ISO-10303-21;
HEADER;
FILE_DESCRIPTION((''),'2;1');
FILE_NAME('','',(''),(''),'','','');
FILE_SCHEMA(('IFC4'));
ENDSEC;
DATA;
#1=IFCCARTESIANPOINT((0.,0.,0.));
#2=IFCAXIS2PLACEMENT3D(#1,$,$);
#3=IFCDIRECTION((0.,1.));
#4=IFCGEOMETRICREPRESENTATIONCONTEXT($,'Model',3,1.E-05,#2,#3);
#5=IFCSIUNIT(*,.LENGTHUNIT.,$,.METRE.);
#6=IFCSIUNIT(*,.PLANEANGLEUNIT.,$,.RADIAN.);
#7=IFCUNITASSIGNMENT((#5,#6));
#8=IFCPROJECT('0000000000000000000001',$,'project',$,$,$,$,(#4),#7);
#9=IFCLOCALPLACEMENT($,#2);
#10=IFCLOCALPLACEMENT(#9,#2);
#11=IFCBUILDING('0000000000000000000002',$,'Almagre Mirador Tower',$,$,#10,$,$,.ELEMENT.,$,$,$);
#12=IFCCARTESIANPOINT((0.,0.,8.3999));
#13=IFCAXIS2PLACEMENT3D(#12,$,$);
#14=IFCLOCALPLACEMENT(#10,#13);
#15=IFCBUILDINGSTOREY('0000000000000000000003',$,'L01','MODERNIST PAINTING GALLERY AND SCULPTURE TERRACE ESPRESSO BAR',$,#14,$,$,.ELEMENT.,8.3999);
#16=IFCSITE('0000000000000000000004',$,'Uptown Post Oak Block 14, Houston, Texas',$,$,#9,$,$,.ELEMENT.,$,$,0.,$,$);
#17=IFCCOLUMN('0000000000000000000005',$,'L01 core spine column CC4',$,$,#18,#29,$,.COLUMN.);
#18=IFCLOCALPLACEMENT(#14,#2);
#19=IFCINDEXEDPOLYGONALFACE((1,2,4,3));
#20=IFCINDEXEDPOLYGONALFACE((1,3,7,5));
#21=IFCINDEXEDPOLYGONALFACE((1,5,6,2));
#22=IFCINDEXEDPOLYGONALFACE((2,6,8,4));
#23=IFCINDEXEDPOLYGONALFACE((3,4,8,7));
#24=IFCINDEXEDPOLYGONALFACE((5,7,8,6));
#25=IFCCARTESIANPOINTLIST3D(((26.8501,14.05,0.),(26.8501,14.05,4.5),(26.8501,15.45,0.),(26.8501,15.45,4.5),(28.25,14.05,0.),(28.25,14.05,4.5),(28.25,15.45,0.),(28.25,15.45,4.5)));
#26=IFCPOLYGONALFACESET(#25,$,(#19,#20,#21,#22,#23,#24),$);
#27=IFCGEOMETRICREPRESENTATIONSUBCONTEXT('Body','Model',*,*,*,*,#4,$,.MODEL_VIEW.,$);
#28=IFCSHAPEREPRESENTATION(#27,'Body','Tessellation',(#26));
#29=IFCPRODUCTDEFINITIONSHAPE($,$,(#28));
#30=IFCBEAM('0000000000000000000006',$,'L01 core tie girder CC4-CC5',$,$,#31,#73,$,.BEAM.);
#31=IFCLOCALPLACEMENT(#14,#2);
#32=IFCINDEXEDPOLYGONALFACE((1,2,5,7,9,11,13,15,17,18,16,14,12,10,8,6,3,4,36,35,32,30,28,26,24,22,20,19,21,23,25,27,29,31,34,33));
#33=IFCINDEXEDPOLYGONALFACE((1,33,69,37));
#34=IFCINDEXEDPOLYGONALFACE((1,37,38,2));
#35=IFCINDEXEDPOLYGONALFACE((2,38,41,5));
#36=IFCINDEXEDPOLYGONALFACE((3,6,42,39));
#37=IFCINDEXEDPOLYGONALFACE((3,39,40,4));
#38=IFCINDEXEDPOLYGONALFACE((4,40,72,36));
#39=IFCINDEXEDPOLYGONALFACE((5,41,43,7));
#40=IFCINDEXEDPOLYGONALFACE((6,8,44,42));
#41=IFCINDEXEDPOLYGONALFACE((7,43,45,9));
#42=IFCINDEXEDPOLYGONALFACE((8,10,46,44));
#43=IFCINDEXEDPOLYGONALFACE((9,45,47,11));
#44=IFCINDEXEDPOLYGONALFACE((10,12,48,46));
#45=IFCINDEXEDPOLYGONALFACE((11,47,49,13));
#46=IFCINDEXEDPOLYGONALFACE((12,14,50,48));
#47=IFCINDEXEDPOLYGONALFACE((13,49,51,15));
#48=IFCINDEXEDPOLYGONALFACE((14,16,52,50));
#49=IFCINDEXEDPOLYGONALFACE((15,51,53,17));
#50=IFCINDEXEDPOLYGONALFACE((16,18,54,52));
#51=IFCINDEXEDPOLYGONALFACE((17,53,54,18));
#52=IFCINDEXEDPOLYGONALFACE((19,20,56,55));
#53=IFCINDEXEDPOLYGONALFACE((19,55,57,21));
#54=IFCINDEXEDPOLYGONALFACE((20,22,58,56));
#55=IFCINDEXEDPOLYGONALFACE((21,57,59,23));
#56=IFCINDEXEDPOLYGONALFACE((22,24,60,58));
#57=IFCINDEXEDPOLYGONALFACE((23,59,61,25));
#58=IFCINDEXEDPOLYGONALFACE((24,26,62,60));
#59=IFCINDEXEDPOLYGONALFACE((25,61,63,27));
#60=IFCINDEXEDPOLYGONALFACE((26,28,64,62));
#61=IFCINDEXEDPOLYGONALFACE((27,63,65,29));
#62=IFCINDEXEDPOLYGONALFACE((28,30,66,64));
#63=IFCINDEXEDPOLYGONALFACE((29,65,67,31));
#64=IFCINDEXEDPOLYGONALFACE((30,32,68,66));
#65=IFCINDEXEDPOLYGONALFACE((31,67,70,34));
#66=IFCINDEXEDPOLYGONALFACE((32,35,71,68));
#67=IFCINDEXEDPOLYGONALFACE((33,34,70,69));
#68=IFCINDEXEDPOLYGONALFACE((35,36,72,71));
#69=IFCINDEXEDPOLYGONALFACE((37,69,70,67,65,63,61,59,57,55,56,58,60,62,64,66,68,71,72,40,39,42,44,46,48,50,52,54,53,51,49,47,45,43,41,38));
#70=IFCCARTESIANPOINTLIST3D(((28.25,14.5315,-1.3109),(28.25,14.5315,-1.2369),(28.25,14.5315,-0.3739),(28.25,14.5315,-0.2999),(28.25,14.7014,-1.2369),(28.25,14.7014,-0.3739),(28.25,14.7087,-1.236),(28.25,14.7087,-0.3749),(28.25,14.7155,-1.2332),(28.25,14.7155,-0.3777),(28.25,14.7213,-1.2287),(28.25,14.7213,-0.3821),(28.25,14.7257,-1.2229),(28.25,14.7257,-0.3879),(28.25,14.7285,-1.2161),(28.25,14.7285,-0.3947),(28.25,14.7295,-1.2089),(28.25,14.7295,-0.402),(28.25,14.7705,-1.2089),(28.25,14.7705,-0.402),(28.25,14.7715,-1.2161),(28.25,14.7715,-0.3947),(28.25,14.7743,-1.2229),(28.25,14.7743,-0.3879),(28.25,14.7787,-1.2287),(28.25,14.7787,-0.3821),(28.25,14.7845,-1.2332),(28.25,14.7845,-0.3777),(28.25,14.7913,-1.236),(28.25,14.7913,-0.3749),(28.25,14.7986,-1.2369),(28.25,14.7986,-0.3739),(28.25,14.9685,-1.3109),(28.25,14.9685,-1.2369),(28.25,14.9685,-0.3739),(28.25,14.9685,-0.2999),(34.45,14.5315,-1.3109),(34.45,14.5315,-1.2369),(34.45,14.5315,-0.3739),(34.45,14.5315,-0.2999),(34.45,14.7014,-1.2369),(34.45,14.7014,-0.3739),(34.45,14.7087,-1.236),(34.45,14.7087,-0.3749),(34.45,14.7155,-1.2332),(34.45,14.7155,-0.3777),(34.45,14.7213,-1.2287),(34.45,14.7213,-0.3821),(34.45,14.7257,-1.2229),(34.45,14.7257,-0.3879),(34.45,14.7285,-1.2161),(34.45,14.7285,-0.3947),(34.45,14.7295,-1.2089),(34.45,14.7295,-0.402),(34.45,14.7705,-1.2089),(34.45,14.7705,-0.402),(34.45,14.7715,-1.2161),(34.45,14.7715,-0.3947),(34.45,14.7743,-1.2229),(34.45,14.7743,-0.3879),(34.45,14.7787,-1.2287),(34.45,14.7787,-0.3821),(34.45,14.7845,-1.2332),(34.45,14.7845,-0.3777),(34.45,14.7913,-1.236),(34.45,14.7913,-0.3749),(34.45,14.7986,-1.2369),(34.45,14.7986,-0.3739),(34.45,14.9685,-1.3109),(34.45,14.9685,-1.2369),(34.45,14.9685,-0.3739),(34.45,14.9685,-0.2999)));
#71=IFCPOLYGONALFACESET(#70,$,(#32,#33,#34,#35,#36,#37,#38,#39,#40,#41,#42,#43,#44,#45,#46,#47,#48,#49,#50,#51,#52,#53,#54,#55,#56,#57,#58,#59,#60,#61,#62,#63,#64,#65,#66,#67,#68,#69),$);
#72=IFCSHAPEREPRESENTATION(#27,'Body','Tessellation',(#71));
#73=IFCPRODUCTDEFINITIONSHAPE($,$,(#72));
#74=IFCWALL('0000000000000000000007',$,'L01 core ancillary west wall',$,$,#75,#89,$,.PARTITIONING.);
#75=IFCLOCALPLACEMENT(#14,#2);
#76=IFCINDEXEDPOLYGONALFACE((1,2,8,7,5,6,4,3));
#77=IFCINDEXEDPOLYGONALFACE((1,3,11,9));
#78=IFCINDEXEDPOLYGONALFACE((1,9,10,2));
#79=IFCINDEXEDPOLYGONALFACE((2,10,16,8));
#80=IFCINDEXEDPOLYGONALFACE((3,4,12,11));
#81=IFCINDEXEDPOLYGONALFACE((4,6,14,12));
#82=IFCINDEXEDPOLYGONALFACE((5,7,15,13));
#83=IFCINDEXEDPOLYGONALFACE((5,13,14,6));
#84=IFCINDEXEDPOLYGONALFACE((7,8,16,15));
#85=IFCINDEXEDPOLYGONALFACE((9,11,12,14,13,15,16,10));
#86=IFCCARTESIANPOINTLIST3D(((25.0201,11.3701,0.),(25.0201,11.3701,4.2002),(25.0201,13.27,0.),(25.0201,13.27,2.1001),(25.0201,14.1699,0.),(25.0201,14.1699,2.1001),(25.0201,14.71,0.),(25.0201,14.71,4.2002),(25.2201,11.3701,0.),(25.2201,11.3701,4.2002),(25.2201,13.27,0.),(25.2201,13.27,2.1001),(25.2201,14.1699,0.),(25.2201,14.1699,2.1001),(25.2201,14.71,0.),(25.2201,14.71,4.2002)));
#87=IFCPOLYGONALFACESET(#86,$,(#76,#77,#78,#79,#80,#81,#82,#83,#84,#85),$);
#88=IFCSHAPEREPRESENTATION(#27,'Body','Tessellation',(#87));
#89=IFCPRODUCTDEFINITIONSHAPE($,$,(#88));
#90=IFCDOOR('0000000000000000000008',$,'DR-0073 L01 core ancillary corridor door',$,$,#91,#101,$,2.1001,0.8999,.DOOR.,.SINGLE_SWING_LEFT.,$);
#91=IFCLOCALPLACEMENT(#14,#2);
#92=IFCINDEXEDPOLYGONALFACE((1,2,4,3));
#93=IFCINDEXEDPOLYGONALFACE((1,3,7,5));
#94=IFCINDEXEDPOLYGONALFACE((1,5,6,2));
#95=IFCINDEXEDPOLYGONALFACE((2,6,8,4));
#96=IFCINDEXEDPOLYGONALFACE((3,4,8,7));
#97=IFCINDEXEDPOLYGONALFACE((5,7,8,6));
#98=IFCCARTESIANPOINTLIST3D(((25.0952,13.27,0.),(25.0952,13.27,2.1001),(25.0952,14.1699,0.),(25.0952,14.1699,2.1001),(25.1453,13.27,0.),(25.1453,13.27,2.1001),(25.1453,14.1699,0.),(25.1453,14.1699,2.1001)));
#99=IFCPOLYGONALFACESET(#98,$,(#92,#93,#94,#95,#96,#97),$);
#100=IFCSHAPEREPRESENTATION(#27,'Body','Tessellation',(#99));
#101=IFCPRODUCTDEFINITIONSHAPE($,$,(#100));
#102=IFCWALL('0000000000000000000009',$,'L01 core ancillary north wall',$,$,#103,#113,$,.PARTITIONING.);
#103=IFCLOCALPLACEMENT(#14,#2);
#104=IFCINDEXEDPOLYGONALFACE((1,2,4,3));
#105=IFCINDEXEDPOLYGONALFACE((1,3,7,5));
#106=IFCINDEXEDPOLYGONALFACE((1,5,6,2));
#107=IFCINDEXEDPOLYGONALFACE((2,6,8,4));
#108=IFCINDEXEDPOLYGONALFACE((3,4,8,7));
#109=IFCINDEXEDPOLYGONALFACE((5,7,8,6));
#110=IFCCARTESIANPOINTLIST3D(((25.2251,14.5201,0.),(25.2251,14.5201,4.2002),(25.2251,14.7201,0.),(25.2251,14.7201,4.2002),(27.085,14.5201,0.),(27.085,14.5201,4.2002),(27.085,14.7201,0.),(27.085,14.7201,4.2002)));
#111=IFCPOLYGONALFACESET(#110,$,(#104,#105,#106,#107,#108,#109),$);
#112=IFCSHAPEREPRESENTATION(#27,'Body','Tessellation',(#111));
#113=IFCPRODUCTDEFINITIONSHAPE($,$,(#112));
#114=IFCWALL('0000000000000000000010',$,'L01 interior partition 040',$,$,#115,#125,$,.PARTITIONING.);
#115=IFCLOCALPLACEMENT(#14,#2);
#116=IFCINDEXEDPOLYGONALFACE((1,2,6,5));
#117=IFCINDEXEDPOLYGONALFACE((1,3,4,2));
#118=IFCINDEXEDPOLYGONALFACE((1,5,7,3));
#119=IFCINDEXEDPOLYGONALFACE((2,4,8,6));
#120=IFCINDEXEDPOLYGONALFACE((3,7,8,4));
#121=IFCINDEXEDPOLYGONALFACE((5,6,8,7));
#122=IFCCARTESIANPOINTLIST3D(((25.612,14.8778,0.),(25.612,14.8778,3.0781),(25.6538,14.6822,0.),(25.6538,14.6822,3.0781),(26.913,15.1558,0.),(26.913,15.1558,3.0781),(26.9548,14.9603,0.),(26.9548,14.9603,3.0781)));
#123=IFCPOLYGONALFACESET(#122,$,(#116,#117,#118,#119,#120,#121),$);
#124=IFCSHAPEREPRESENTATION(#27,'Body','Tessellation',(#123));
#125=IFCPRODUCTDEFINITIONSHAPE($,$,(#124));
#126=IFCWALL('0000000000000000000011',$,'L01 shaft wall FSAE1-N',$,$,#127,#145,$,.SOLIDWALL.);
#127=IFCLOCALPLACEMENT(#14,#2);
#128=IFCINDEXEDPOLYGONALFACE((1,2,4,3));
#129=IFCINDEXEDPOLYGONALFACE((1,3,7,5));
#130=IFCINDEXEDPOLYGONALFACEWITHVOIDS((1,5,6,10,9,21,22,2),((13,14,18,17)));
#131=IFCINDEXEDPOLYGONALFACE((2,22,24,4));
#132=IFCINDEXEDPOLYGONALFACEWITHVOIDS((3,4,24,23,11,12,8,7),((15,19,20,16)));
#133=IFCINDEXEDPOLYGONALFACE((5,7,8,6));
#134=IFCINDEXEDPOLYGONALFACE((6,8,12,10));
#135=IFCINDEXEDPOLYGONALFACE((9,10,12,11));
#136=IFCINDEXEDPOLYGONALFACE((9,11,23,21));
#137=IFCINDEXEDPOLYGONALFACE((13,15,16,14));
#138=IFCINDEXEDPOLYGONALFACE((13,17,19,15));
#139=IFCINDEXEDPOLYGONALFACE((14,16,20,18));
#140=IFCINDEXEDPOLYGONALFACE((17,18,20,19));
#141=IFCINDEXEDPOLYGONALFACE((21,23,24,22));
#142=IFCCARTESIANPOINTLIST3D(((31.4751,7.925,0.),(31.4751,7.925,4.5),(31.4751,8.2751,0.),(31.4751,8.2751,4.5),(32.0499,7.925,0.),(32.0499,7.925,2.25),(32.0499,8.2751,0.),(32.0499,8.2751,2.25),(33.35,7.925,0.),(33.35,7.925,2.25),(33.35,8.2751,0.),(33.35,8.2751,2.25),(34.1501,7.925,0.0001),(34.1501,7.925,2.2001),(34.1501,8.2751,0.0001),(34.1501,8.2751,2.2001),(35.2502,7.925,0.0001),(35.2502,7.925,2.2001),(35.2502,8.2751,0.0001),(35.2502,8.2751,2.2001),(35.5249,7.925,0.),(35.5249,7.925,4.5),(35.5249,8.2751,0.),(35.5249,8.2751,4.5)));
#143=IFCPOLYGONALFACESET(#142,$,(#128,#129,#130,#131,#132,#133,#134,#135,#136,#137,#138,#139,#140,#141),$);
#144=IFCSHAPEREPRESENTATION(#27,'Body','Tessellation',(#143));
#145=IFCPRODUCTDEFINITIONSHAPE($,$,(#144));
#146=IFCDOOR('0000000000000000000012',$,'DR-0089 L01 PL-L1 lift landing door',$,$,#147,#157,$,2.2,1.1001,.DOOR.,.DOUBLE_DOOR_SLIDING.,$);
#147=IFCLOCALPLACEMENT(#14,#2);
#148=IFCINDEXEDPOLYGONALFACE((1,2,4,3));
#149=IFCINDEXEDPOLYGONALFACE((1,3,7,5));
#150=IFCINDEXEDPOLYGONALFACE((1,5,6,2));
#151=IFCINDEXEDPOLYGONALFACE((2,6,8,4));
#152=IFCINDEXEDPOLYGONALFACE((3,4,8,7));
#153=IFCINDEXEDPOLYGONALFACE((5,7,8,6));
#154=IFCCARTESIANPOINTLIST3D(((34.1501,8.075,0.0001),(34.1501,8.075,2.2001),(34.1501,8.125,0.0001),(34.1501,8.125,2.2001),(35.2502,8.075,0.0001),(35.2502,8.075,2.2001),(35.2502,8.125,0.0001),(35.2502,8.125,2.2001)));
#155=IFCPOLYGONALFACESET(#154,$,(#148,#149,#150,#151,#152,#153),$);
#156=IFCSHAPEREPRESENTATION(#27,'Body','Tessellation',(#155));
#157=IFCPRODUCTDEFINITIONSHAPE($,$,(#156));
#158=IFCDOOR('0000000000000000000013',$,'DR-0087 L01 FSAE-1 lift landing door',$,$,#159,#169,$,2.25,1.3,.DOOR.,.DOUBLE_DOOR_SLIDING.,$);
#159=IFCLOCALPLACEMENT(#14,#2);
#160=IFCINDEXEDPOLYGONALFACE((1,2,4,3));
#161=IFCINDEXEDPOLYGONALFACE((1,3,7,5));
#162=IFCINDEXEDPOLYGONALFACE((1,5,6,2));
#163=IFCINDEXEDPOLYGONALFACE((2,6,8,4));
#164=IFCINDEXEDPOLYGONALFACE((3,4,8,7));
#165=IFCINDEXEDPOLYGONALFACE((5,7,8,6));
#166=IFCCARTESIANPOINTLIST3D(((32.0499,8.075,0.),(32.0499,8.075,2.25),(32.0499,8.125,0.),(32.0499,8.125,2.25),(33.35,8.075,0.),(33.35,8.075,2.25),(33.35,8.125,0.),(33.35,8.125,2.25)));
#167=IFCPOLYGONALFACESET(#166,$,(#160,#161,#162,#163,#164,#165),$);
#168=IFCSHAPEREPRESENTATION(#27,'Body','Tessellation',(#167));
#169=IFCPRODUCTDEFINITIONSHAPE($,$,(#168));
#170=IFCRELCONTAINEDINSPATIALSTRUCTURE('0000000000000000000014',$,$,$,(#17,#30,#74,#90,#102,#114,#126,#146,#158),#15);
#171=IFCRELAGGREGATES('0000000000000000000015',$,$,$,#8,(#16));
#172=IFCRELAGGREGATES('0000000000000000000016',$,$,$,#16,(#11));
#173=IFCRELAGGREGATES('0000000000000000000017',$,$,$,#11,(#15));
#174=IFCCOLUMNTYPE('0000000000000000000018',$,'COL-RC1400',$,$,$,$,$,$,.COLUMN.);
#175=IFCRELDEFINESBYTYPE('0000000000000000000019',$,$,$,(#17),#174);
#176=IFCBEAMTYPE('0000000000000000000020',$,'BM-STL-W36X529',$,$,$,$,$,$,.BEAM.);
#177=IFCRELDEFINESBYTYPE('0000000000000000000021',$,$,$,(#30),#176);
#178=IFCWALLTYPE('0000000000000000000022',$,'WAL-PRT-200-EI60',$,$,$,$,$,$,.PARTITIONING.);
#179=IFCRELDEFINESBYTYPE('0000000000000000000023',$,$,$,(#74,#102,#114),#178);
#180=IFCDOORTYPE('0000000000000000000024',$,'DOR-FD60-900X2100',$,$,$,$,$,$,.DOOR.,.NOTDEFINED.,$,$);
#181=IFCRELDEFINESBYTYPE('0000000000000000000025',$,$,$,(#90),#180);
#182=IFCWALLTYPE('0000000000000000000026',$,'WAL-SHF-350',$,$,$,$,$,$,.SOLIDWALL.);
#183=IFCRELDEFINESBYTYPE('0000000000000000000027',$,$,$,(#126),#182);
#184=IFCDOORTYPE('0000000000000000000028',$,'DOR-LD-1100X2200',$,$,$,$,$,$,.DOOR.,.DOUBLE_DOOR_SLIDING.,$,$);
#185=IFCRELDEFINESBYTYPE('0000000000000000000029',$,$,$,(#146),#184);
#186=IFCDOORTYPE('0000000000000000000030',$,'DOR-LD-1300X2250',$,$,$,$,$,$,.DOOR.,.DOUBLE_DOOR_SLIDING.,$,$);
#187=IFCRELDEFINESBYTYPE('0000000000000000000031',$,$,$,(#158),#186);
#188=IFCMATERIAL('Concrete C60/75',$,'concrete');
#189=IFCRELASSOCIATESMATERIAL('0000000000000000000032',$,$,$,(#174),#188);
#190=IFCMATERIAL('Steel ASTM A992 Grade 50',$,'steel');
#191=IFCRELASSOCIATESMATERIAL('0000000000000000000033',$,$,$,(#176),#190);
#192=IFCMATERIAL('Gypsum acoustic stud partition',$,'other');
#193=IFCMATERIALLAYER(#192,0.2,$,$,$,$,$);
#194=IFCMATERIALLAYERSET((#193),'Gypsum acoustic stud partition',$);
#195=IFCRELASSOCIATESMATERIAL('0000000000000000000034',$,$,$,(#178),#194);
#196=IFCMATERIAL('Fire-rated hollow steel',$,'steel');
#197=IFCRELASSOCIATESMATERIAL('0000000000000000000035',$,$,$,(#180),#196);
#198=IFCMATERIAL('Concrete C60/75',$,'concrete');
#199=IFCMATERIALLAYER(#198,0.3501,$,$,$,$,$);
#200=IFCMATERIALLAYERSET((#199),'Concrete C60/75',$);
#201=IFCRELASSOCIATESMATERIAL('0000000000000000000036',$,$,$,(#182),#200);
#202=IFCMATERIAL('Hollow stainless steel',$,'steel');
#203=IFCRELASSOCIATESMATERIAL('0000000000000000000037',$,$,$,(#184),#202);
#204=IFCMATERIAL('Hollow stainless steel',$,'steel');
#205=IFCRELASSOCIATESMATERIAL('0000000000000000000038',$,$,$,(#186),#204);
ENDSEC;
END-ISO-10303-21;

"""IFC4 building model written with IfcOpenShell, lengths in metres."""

from ifc_helpers import new_model, si_unit, direction, frame, frame_2d, origin, origin_2d, place, context, subcontext, project, spatial, rectangle, i_section, extrude, material, layer, layer_set, material_profile, profile_set, type_object, element, fill, save


model = new_model("IFC4")

# Units and contexts
model_context = context("Model", 3, precision=1e-05, world=origin(), true_north=direction((0.0, 1.0)))
body_context = subcontext(model_context, "Body", "Model", "MODEL_VIEW")
ifc_project = project(units=[si_unit("LENGTHUNIT", "METRE"), si_unit("PLANEANGLEUNIT", "RADIAN")], contexts=[model_context])

# Site, building, storey
site_placement = place(None, origin())
site = spatial("IfcSite", under=ifc_project, at=site_placement, Name="Uptown Post Oak Block 14, Houston, Texas", CompositionType="ELEMENT", RefElevation=0.0)
building_placement = place(site_placement, origin())
building = spatial("IfcBuilding", under=site, at=building_placement, Name="Almagre Mirador Tower", CompositionType="ELEMENT")
storey_placement = place(building_placement, frame((0.0, 0.0, 8.3999)))
storey = spatial("IfcBuildingStorey", under=building, at=storey_placement, Name="L01", Description="MODERNIST PAINTING GALLERY AND SCULPTURE TERRACE ESPRESSO BAR", CompositionType="ELEMENT", Elevation=8.3999)

# Column
ifc_material_1 = material(Name="Concrete C60/75", Category="concrete")
ifc_material_profile_1 = material_profile(ifc_material_1, rectangle(XDim=1.3999, YDim=1.3999, at=origin_2d()), Name="RC1400X1400")
ifc_profile_set_1 = profile_set([ifc_material_profile_1], Name="Concrete C60/75")
column_type = type_object("IfcColumnType", Name="COL-RC1400", PredefinedType="COLUMN", material=ifc_profile_set_1)
column_placement = place(storey_placement, frame((27.55, 14.75, 0.0), z_axis=(0.0, 0.0, 1.0), x_axis=(1.0, 0.0, 0.0)))
element("IfcColumn", 1, at=column_placement, inside=storey, type_object=column_type, Name="L01 core spine column CC4", PredefinedType="COLUMN", context=body_context, shape_type="SweptSolid", body=[
    extrude(rectangle(XDim=1.3999, YDim=1.3999, at=origin_2d()), origin(), (0.0, 0.0, 1.0), 4.5),
])

# Beam
ifc_material_2 = material(Name="Steel ASTM A992 Grade 50", Category="steel")
ifc_material_profile_2 = material_profile(ifc_material_2, i_section(OverallWidth=0.437, OverallDepth=1.011, WebThickness=0.041, FlangeThickness=0.074, FilletRadius=0.0281, at=origin_2d()), Name="W36X529")
ifc_profile_set_2 = profile_set([ifc_material_profile_2], Name="Steel ASTM A992 Grade 50")
beam_type = type_object("IfcBeamType", Name="BM-STL-W36X529", PredefinedType="BEAM", material=ifc_profile_set_2)
beam_placement = place(storey_placement, frame((28.25, 14.75, -0.8054), z_axis=(1.0, 0.0, 0.0), x_axis=(0.0, 1.0, 0.0)))
element("IfcBeam", 2, at=beam_placement, inside=storey, type_object=beam_type, Name="L01 core tie girder CC4-CC5", PredefinedType="BEAM", context=body_context, shape_type="SweptSolid", body=[
    extrude(i_section(OverallWidth=0.437, OverallDepth=1.011, WebThickness=0.041, FlangeThickness=0.074, FilletRadius=0.0281, at=origin_2d()), origin(), (0.0, 0.0, 1.0), 6.2),
])

# Wall, opening, door
ifc_material_3 = material(Name="Gypsum acoustic stud partition", Category="other")
ifc_layer_1 = layer(ifc_material_3, 0.2)
ifc_layer_set_1 = layer_set([ifc_layer_1], Name="Gypsum acoustic stud partition")
wall_type_1 = type_object("IfcWallType", Name="WAL-PRT-200-EI60", PredefinedType="PARTITIONING", material=ifc_layer_set_1)
wall_1_placement = place(storey_placement, frame((25.1201, 11.3701, 0.0), z_axis=(0.0, 0.0, 1.0), x_axis=(0.0, 1.0, 0.0)))
wall_1 = element("IfcWall", 3, at=wall_1_placement, inside=storey, type_object=wall_type_1, Name="L01 core ancillary west wall", PredefinedType="PARTITIONING", context=body_context, shape_type="SweptSolid", body=[
    extrude(rectangle(XDim=3.3398, YDim=0.2, at=frame_2d((1.6699, 0.0))), origin(), (0.0, 0.0, 1.0), 4.2002),
])
opening_1_placement = place(wall_1_placement, frame((1.8999, 0.0, 0.0)))
opening_1 = element("IfcOpeningElement", 4, at=opening_1_placement, cuts=wall_1, PredefinedType="OPENING", context=body_context, shape_type="SweptSolid", body=[
    extrude(rectangle(XDim=0.8999, YDim=2.1001, at=frame_2d((0.45, 1.05))), frame((0.0, 0.1101, 0.0), z_axis=(0.0, -1.0, 0.0), x_axis=(1.0, 0.0, 0.0)), (0.0, 0.0, 1.0), 0.22),
])
ifc_material_4 = material(Name="Fire-rated hollow steel", Category="steel")
door_type_1 = type_object("IfcDoorType", Name="DOR-FD60-900X2100", OperationType="NOTDEFINED", PredefinedType="DOOR", material=ifc_material_4)
door_1_placement = place(opening_1_placement, origin())
door_1 = element("IfcDoor", 5, at=door_1_placement, inside=storey, type_object=door_type_1, Name="DR-0073 L01 core ancillary corridor door", OperationType="SINGLE_SWING_LEFT", OverallHeight=2.1001, OverallWidth=0.8999, PredefinedType="DOOR", context=body_context, shape_type="SweptSolid", body=[
    extrude(rectangle(XDim=0.8999, YDim=2.1001, at=frame_2d((0.45, 1.05))), frame((0.0, 0.0249, 0.0), z_axis=(0.0, -1.0, 0.0), x_axis=(1.0, 0.0, 0.0)), (0.0, 0.0, 1.0), 0.05),
])
fill(opening_1, door_1)

# Walls
wall_2_placement = place(storey_placement, frame((25.2251, 14.6201, 0.0), z_axis=(0.0, 0.0, 1.0), x_axis=(1.0, 0.0, 0.0)))
element("IfcWall", 6, at=wall_2_placement, inside=storey, type_object=wall_type_1, Name="L01 core ancillary north wall", PredefinedType="PARTITIONING", context=body_context, shape_type="SweptSolid", body=[
    extrude(rectangle(XDim=1.8599, YDim=0.2, at=frame_2d((0.9299, 0.0))), origin(), (0.0, 0.0, 1.0), 4.2002),
])
wall_3_placement = place(storey_placement, frame((25.6331, 14.78, 0.0), z_axis=(0.0, 0.0, 1.0), x_axis=(0.977912, 0.209015, 0.0)))
element("IfcWall", 7, at=wall_3_placement, inside=storey, type_object=wall_type_1, Name="L01 interior partition 040", PredefinedType="PARTITIONING", context=body_context, shape_type="SweptSolid", body=[
    extrude(rectangle(XDim=1.3303, YDim=0.2, at=frame_2d((0.665, 0.0))), origin(), (0.0, 0.0, 1.0), 3.0781),
])

# Wall, openings, doors
ifc_material_5 = material(Name="Concrete C60/75", Category="concrete")
ifc_layer_2 = layer(ifc_material_5, 0.3501)
ifc_layer_set_2 = layer_set([ifc_layer_2], Name="Concrete C60/75")
wall_type_2 = type_object("IfcWallType", Name="WAL-SHF-350", PredefinedType="SOLIDWALL", material=ifc_layer_set_2)
wall_4_placement = place(storey_placement, frame((31.4751, 8.1001, 0.0), z_axis=(0.0, 0.0, 1.0), x_axis=(1.0, 0.0, 0.0)))
wall_4 = element("IfcWall", 8, at=wall_4_placement, inside=storey, type_object=wall_type_2, Name="L01 shaft wall FSAE1-N", PredefinedType="SOLIDWALL", context=body_context, shape_type="SweptSolid", body=[
    extrude(rectangle(XDim=4.0498, YDim=0.3501, at=frame_2d((2.0249, 0.0))), origin(), (0.0, 0.0, 1.0), 4.5),
])
opening_2_placement = place(wall_4_placement, frame((0.575, 0.0, 0.0)))
opening_2 = element("IfcOpeningElement", 9, at=opening_2_placement, cuts=wall_4, PredefinedType="OPENING", context=body_context, shape_type="SweptSolid", body=[
    extrude(rectangle(XDim=1.3, YDim=2.25, at=frame_2d((0.6499, 1.125))), frame((0.0, 0.185, 0.0), z_axis=(0.0, -1.0, 0.0), x_axis=(1.0, 0.0, 0.0)), (0.0, 0.0, 1.0), 0.3701),
])
opening_3_placement = place(wall_4_placement, frame((2.675, 0.0, 0.0)))
opening_3 = element("IfcOpeningElement", 10, at=opening_3_placement, cuts=wall_4, PredefinedType="OPENING", context=body_context, shape_type="SweptSolid", body=[
    extrude(rectangle(XDim=1.1001, YDim=2.2, at=frame_2d((0.55, 1.1001))), frame((0.0, 0.185, 0.0), z_axis=(0.0, -1.0, 0.0), x_axis=(1.0, 0.0, 0.0)), (0.0, 0.0, 1.0), 0.3701),
])
ifc_material_6 = material(Name="Hollow stainless steel", Category="steel")
door_type_2 = type_object("IfcDoorType", Name="DOR-LD-1100X2200", OperationType="DOUBLE_DOOR_SLIDING", PredefinedType="DOOR", material=ifc_material_6)
door_2_placement = place(opening_3_placement, origin())
door_2 = element("IfcDoor", 11, at=door_2_placement, inside=storey, type_object=door_type_2, Name="DR-0089 L01 PL-L1 lift landing door", OperationType="DOUBLE_DOOR_SLIDING", OverallHeight=2.2, OverallWidth=1.1001, PredefinedType="DOOR", context=body_context, shape_type="SweptSolid", body=[
    extrude(rectangle(XDim=1.1001, YDim=2.2, at=frame_2d((0.55, 1.1001))), frame((0.0, 0.0249, 0.0), z_axis=(0.0, -1.0, 0.0), x_axis=(1.0, 0.0, 0.0)), (0.0, 0.0, 1.0), 0.05),
])
fill(opening_3, door_2)
ifc_material_7 = material(Name="Hollow stainless steel", Category="steel")
door_type_3 = type_object("IfcDoorType", Name="DOR-LD-1300X2250", OperationType="DOUBLE_DOOR_SLIDING", PredefinedType="DOOR", material=ifc_material_7)
door_3_placement = place(opening_2_placement, origin())
door_3 = element("IfcDoor", 12, at=door_3_placement, inside=storey, type_object=door_type_3, Name="DR-0087 L01 FSAE-1 lift landing door", OperationType="DOUBLE_DOOR_SLIDING", OverallHeight=2.25, OverallWidth=1.3, PredefinedType="DOOR", context=body_context, shape_type="SweptSolid", body=[
    extrude(rectangle(XDim=1.3, YDim=2.25, at=frame_2d((0.6499, 1.125))), frame((0.0, 0.0249, 0.0), z_axis=(0.0, -1.0, 0.0), x_axis=(1.0, 0.0, 0.0)), (0.0, 0.0, 1.0), 0.05),
])
fill(opening_2, door_3)

save(model, "model.ifc")
